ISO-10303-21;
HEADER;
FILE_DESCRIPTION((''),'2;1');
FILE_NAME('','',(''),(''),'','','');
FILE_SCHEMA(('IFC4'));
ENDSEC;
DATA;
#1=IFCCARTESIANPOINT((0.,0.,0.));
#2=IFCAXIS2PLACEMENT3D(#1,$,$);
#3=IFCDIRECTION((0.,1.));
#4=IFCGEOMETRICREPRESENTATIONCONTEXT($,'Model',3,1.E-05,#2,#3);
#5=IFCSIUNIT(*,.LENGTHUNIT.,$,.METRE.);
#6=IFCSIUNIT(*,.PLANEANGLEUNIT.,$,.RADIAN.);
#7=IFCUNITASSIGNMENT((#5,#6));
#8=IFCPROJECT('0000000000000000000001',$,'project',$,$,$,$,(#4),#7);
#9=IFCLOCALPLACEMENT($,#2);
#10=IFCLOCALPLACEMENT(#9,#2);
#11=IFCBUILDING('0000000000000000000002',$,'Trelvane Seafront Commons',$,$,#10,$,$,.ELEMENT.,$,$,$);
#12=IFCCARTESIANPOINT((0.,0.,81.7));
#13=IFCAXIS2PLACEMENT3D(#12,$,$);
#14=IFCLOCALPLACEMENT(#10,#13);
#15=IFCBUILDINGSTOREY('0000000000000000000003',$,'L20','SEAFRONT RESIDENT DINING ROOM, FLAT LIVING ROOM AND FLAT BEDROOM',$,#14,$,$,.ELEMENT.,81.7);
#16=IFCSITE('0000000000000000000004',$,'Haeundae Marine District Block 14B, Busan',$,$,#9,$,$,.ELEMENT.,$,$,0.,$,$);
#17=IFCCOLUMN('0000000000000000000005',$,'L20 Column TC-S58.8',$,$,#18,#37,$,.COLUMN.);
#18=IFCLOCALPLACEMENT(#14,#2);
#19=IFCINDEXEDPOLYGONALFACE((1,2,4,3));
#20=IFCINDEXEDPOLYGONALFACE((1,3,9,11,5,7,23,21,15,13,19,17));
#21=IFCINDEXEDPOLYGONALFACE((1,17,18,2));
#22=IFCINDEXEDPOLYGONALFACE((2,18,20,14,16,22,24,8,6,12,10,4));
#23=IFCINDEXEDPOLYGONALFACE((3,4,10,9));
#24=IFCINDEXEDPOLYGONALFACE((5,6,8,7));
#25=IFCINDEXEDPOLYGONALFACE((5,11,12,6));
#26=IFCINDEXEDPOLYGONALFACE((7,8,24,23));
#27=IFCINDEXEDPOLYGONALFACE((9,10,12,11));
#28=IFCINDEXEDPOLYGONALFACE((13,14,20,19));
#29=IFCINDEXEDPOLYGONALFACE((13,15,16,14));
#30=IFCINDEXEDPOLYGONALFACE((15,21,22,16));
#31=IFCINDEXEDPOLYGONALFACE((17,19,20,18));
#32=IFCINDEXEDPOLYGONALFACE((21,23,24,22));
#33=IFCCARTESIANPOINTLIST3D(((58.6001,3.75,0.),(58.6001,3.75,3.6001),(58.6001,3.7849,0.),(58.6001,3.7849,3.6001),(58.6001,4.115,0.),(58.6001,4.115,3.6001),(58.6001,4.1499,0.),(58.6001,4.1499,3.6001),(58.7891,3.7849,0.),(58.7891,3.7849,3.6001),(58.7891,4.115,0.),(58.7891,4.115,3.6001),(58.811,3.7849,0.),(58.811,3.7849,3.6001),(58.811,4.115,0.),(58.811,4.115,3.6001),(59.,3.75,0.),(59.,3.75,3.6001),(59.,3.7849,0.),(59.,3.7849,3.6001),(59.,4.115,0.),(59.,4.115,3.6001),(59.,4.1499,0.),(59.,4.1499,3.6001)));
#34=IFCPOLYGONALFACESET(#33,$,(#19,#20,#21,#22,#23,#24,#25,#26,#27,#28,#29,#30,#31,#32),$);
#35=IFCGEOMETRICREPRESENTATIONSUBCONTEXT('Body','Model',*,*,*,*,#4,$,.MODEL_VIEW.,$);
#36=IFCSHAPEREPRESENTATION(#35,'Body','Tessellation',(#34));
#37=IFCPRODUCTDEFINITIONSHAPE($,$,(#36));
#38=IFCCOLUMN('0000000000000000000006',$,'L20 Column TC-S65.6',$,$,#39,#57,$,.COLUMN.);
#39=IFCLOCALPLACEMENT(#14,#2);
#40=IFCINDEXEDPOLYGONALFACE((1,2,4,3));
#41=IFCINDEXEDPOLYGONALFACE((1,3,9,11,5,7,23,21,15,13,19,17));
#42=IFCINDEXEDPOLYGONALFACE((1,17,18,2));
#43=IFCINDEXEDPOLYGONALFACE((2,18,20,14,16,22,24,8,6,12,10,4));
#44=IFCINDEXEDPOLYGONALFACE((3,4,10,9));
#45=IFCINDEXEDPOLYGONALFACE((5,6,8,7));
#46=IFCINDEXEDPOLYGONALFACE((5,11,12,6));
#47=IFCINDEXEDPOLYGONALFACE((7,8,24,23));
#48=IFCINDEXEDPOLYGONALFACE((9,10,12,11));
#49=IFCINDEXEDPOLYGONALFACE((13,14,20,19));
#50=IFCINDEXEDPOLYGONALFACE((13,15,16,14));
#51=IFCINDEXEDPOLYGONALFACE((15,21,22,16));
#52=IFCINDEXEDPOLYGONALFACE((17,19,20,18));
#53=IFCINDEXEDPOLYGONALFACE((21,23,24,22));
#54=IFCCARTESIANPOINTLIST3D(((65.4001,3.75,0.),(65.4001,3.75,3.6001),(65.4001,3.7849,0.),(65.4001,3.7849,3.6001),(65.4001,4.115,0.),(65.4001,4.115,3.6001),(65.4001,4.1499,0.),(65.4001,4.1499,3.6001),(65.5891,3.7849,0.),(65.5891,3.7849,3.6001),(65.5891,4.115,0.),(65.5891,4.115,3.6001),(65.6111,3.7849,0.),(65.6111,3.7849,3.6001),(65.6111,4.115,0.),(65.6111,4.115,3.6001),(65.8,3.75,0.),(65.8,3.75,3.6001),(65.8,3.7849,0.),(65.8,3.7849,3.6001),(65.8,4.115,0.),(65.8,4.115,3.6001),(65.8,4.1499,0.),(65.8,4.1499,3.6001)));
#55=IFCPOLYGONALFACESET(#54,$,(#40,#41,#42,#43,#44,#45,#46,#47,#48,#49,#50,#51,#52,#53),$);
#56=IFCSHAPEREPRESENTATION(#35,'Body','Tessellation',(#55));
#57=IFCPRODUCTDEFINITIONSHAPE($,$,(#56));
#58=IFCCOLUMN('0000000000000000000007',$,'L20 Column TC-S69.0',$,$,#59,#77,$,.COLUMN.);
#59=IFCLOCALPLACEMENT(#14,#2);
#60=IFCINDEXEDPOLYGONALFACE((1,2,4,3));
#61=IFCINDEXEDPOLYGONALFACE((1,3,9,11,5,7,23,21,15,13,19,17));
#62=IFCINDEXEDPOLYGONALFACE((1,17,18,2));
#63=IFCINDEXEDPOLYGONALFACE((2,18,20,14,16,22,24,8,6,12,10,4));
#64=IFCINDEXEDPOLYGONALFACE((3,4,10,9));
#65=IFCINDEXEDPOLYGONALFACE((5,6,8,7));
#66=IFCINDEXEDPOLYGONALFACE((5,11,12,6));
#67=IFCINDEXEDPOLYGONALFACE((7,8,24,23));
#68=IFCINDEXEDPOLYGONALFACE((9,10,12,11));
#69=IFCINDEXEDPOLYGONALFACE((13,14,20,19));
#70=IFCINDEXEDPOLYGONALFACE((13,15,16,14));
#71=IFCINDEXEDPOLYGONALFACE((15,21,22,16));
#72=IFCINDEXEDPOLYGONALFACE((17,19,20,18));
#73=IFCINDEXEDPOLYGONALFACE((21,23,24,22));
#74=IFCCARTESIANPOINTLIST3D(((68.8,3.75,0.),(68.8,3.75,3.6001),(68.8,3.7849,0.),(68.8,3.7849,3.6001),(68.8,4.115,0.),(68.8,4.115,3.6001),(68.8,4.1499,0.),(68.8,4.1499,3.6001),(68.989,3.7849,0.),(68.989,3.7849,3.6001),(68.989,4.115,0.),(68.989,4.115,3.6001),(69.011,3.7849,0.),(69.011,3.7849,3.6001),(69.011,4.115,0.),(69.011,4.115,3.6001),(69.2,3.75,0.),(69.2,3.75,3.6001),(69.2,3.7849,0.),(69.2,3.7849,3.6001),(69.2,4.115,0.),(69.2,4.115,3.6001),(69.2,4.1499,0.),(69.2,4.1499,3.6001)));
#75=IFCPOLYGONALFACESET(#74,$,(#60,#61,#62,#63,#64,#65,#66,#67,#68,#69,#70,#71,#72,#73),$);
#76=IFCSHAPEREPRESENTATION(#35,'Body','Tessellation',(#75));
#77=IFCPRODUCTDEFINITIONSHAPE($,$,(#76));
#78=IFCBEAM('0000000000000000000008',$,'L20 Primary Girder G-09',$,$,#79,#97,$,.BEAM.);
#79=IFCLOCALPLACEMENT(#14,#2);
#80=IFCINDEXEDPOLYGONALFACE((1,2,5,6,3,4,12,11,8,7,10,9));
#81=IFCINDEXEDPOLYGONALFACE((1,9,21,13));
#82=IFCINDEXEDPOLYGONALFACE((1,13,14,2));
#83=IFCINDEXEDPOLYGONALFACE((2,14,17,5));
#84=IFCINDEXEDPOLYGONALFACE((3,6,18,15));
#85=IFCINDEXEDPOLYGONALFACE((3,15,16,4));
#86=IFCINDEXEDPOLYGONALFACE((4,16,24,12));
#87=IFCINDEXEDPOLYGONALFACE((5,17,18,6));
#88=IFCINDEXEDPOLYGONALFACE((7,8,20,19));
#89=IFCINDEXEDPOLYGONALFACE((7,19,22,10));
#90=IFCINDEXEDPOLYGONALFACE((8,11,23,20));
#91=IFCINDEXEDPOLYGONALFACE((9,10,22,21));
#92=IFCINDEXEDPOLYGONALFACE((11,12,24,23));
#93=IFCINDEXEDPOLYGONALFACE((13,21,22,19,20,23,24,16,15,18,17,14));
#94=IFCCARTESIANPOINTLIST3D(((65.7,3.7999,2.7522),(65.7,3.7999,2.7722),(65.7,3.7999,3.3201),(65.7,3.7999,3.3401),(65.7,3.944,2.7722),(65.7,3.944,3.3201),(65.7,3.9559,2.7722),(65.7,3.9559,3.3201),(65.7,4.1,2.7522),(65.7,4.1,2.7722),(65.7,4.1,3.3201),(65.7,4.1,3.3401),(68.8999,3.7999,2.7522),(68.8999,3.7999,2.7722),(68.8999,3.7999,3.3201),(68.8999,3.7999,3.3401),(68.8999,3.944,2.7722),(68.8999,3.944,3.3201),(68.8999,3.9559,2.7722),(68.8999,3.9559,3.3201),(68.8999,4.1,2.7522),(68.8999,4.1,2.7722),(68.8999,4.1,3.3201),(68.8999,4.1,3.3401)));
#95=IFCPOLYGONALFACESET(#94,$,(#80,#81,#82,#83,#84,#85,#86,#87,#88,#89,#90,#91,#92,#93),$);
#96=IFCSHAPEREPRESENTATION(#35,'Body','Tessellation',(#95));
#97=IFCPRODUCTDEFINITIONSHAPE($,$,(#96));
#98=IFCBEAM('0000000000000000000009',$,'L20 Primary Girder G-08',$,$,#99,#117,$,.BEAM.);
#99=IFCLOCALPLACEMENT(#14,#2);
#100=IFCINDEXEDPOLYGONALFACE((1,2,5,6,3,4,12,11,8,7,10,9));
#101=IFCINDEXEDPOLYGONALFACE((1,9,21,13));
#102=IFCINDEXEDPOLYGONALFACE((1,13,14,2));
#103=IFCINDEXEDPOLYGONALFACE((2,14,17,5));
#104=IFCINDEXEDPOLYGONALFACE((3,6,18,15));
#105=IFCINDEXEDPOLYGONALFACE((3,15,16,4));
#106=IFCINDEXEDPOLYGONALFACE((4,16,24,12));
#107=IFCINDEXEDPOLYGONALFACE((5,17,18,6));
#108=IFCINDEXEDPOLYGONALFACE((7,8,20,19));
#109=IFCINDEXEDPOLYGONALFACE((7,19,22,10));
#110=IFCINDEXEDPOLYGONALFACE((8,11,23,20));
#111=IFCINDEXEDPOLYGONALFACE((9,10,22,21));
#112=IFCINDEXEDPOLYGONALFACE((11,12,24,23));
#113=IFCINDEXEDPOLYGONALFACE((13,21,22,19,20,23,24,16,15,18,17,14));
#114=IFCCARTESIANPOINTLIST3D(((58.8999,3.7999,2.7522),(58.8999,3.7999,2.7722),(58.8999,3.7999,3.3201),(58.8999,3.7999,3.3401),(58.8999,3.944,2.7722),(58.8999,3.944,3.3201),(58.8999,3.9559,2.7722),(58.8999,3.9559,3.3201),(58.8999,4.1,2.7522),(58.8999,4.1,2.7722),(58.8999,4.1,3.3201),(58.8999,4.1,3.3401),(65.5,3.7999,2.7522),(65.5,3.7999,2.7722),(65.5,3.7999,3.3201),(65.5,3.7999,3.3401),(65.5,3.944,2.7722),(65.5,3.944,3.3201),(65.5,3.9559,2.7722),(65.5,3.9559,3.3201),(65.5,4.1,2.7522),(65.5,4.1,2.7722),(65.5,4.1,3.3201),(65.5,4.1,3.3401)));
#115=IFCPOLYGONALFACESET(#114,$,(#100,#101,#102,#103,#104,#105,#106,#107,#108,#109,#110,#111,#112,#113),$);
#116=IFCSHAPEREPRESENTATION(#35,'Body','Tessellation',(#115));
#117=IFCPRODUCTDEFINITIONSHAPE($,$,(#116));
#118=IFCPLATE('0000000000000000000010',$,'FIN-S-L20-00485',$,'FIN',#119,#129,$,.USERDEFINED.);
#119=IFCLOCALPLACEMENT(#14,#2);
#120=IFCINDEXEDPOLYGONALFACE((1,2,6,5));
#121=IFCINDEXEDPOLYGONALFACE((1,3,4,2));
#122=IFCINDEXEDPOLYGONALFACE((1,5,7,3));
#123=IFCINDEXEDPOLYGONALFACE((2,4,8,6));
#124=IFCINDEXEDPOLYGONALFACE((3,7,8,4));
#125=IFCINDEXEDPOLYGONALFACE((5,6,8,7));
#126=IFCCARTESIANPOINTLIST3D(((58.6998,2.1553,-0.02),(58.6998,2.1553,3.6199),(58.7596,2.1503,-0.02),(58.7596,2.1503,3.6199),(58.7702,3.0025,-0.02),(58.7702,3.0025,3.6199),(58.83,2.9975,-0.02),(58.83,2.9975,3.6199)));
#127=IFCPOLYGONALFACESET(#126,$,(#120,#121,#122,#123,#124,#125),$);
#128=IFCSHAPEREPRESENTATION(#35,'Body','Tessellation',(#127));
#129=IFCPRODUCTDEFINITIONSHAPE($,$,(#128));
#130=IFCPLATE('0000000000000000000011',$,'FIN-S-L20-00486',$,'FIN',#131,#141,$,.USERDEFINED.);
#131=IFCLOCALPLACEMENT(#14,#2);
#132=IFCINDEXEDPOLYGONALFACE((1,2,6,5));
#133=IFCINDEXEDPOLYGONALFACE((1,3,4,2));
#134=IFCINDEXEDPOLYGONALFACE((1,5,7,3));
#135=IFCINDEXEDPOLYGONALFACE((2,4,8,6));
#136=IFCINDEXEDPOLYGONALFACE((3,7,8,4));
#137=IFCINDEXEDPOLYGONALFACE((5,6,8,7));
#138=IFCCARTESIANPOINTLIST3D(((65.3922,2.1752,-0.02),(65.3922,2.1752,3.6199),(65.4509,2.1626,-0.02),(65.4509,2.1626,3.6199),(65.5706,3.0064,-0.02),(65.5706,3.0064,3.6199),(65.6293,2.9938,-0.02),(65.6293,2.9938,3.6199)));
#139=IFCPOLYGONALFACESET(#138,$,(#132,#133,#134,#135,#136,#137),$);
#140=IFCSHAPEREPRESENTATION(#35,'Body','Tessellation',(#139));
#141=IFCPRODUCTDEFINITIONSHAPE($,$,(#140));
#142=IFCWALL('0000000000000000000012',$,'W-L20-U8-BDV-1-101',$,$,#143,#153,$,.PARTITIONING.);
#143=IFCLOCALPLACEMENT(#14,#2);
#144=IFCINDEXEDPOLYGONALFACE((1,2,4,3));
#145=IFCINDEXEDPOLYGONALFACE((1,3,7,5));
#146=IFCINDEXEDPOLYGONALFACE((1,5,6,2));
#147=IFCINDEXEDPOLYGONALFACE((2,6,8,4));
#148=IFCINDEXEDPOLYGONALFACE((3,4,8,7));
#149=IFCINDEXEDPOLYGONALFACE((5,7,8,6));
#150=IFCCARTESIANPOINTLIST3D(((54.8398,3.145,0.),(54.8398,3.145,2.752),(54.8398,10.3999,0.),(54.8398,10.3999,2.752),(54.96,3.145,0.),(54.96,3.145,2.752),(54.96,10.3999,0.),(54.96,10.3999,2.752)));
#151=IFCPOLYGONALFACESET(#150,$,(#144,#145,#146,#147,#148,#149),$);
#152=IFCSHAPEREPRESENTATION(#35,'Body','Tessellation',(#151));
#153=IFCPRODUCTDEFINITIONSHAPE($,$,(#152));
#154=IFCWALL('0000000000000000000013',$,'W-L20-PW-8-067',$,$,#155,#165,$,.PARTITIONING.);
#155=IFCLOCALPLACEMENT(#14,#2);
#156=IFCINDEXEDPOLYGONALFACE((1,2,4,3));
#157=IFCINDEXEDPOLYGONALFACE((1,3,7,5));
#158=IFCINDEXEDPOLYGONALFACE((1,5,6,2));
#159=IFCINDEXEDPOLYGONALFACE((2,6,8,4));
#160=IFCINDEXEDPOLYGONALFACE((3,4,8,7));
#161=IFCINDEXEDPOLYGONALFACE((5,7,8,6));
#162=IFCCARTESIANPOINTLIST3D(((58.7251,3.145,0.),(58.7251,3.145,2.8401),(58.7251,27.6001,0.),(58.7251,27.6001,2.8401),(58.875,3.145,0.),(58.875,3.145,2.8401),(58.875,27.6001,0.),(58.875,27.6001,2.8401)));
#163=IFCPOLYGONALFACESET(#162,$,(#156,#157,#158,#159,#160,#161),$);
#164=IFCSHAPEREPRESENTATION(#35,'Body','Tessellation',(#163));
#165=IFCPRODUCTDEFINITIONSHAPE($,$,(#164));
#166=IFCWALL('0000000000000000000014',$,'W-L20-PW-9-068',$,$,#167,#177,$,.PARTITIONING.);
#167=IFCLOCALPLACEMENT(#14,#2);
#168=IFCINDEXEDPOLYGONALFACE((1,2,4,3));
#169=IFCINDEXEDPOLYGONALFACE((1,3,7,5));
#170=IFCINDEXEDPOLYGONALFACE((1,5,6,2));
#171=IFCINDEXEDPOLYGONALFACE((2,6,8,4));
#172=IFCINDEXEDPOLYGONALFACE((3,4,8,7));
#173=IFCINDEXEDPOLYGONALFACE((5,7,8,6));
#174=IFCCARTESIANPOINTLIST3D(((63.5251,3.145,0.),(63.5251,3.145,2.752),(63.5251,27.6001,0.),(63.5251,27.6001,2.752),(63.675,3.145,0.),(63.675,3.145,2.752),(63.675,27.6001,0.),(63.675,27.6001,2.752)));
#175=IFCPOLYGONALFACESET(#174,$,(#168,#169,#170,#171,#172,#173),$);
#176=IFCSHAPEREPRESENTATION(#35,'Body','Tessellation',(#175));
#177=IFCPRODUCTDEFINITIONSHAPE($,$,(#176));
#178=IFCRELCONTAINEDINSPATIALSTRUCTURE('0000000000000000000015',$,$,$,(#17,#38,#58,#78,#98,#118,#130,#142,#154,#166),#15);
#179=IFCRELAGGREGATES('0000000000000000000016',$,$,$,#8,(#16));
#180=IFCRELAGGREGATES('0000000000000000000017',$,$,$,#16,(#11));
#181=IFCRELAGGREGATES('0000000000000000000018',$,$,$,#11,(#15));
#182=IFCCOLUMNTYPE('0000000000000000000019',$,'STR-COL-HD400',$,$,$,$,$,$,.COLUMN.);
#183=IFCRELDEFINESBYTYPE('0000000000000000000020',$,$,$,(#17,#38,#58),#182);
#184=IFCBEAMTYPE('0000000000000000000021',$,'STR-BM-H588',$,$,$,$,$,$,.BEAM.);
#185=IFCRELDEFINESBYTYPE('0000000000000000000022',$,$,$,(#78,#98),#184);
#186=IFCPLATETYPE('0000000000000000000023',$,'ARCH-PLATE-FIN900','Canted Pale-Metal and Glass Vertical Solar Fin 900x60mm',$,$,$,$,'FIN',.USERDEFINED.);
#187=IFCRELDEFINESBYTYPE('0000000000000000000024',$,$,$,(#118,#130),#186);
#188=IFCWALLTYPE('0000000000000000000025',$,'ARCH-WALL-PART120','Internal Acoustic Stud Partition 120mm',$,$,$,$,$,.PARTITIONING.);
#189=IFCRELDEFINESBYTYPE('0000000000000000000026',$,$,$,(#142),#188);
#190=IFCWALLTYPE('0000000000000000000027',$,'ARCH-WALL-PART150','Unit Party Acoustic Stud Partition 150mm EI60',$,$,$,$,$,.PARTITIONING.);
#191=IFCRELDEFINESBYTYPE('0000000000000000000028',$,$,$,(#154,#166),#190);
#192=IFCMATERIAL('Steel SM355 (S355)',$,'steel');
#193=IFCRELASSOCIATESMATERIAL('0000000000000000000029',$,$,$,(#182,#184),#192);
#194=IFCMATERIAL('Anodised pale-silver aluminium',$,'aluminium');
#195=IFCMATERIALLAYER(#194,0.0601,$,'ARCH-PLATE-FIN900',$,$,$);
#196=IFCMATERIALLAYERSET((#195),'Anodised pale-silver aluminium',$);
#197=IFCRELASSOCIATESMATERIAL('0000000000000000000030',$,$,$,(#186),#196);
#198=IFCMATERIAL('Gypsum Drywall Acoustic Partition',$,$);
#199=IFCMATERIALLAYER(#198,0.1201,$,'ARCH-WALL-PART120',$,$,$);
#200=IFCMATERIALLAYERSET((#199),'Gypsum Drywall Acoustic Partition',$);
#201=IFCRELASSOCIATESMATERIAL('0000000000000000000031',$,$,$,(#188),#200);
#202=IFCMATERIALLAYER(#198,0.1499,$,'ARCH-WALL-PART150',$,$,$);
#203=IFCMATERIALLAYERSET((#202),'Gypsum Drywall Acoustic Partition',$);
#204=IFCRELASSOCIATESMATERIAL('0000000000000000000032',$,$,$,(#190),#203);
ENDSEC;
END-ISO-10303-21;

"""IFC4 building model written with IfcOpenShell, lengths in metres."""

from ifc_helpers import new_model, si_unit, direction, frame, frame_2d, origin, origin_2d, place, context, subcontext, project, spatial, rectangle, i_section, extrude, source, transform, mapped, material, layer, layer_set, material_profile, profile_set, type_object, element, save


model = new_model("IFC4")

# Units and contexts
model_context = context("Model", 3, precision=1e-05, world=origin(), true_north=direction((0.0, 1.0)))
body_context = subcontext(model_context, "Body", "Model", "MODEL_VIEW")
ifc_project = project(units=[si_unit("LENGTHUNIT", "METRE"), si_unit("PLANEANGLEUNIT", "RADIAN")], contexts=[model_context])

# Site, building, storey
site_placement = place(None, origin())
site = spatial("IfcSite", under=ifc_project, at=site_placement, Name="Haeundae Marine District Block 14B, Busan", CompositionType="ELEMENT", RefElevation=0.0)
building_placement = place(site_placement, origin())
building = spatial("IfcBuilding", under=site, at=building_placement, Name="Trelvane Seafront Commons", CompositionType="ELEMENT")
storey_placement = place(building_placement, frame((0.0, 0.0, 81.7)))
storey = spatial("IfcBuildingStorey", under=building, at=storey_placement, Name="L20", Description="SEAFRONT RESIDENT DINING ROOM, FLAT LIVING ROOM AND FLAT BEDROOM", CompositionType="ELEMENT", Elevation=81.7)

# Columns
ifc_material_1 = material(Name="Steel SM355 (S355)", Category="steel")
ifc_material_profile_1 = material_profile(ifc_material_1, i_section(OverallWidth=0.3999, OverallDepth=0.3999, WebThickness=0.022, FlangeThickness=0.0349, at=origin_2d()), Name="HD-400x400x22x35")
ifc_profile_set_1 = profile_set([ifc_material_profile_1], Name="Steel SM355 (S355)")
column_type = type_object("IfcColumnType", Name="STR-COL-HD400", PredefinedType="COLUMN", material=ifc_profile_set_1)
shared_shape_1 = source(origin(), body_context, "Body", "SweptSolid", [
    extrude(i_section(OverallWidth=0.3999, OverallDepth=0.3999, WebThickness=0.022, FlangeThickness=0.0349, at=origin_2d()), origin(), (0.0, 0.0, 1.0), 3.6001),
])
for number, where, z_axis, x_axis, name in (
    (1, (58.8, 3.95, 0.0), (0.0, 0.0, 1.0), (1.0, 0.0, 0.0), "L20 Column TC-S58.8"),
    (2, (65.6001, 3.95, 0.0), (0.0, 0.0, 1.0), (1.0, 0.0, 0.0), "L20 Column TC-S65.6"),
    (3, (69.0, 3.95, 0.0), (0.0, 0.0, 1.0), (1.0, 0.0, 0.0), "L20 Column TC-S69.0"),
):
    element("IfcColumn", number, at=place(storey_placement, frame(where, z_axis=z_axis, x_axis=x_axis)), inside=storey, type_object=column_type, Name=name, PredefinedType="COLUMN", context=body_context, shape_type="MappedRepresentation", body=[
        mapped(shared_shape_1, transform((0.0, 0.0, 0.0), x_axis=(1.0, 0.0, 0.0), y_axis=(0.0, 1.0, 0.0), z_axis=(0.0, 0.0, 1.0), scale=1.0)),
    ])

# Beams
ifc_material_profile_2 = material_profile(ifc_material_1, i_section(OverallWidth=0.3, OverallDepth=0.5879, WebThickness=0.012, FlangeThickness=0.02, at=origin_2d()), Name="H-588x300x12x20")
ifc_profile_set_2 = profile_set([ifc_material_profile_2], Name="Steel SM355 (S355)")
beam_type = type_object("IfcBeamType", Name="STR-BM-H588", PredefinedType="BEAM", material=ifc_profile_set_2)
shared_shape_2 = source(origin(), body_context, "Body", "SweptSolid", [
    extrude(i_section(OverallWidth=0.3, OverallDepth=0.5879, WebThickness=0.012, FlangeThickness=0.02, at=origin_2d()), origin(), (0.0, 0.0, 1.0), 3.2),
])
beam_1_placement = place(storey_placement, frame((65.7, 3.95, 3.0461), z_axis=(1.0, 0.0, 0.0), x_axis=(0.0, 1.0, 0.0)))
element("IfcBeam", 4, at=beam_1_placement, inside=storey, type_object=beam_type, Name="L20 Primary Girder G-09", PredefinedType="BEAM", context=body_context, shape_type="MappedRepresentation", body=[
    mapped(shared_shape_2, transform((0.0, 0.0, 0.0), x_axis=(1.0, 0.0, 0.0), y_axis=(0.0, 1.0, 0.0), z_axis=(0.0, 0.0, 1.0), scale=1.0)),
])
shared_shape_3 = source(origin(), body_context, "Body", "SweptSolid", [
    extrude(i_section(OverallWidth=0.3, OverallDepth=0.5879, WebThickness=0.012, FlangeThickness=0.02, at=origin_2d()), origin(), (0.0, 0.0, 1.0), 6.6001),
])
beam_2_placement = place(storey_placement, frame((58.8999, 3.95, 3.0461), z_axis=(1.0, 0.0, 0.0), x_axis=(0.0, 1.0, 0.0)))
element("IfcBeam", 5, at=beam_2_placement, inside=storey, type_object=beam_type, Name="L20 Primary Girder G-08", PredefinedType="BEAM", context=body_context, shape_type="MappedRepresentation", body=[
    mapped(shared_shape_3, transform((0.0, 0.0, 0.0), x_axis=(1.0, 0.0, 0.0), y_axis=(0.0, 1.0, 0.0), z_axis=(0.0, 0.0, 1.0), scale=1.0)),
])

# Plates
ifc_material_2 = material(Name="Anodised pale-silver aluminium", Category="aluminium")
ifc_layer_1 = layer(ifc_material_2, 0.0601, Name="ARCH-PLATE-FIN900")
ifc_layer_set_1 = layer_set([ifc_layer_1], Name="Anodised pale-silver aluminium")
plate_type = type_object("IfcPlateType", Name="ARCH-PLATE-FIN900", Description="Canted Pale-Metal and Glass Vertical Solar Fin 900x60mm", ElementType="FIN", PredefinedType="USERDEFINED", material=ifc_layer_set_1)
shared_shape_4 = source(origin(), body_context, "Body", "SweptSolid", [
    extrude(rectangle(XDim=0.8501, YDim=0.0601, at=origin_2d()), origin(), (0.0, 0.0, 1.0), 3.6399),
])
for number, where, z_axis, x_axis, name in (
    (6, (58.7649, 2.5764, -0.02), (0.0, 0.0, 1.0), (-0.082822, -0.996564, 0.0), "FIN-S-L20-00485"),
    (7, (65.5107, 2.5845, -0.02), (0.0, 0.0, 1.0), (-0.209875, -0.977728, 0.0), "FIN-S-L20-00486"),
):
    element("IfcPlate", number, at=place(storey_placement, frame(where, z_axis=z_axis, x_axis=x_axis)), inside=storey, type_object=plate_type, Name=name, ObjectType="FIN", PredefinedType="USERDEFINED", context=body_context, shape_type="MappedRepresentation", body=[
        mapped(shared_shape_4, transform((0.0, 0.0, 0.0), x_axis=(1.0, 0.0, 0.0), y_axis=(0.0, 1.0, 0.0), z_axis=(0.0, 0.0, 1.0), scale=1.0)),
    ])

# Walls
ifc_material_3 = material(Name="Gypsum Drywall Acoustic Partition")
ifc_layer_2 = layer(ifc_material_3, 0.1201, Name="ARCH-WALL-PART120")
ifc_layer_set_2 = layer_set([ifc_layer_2], Name="Gypsum Drywall Acoustic Partition")
wall_type_1 = type_object("IfcWallType", Name="ARCH-WALL-PART120", Description="Internal Acoustic Stud Partition 120mm", PredefinedType="PARTITIONING", material=ifc_layer_set_2)
wall_1_placement = place(storey_placement, frame((54.8999, 3.145, 0.0), z_axis=(0.0, 0.0, 1.0), x_axis=(0.0, 1.0, 0.0)))
element("IfcWall", 8, at=wall_1_placement, inside=storey, type_object=wall_type_1, Name="W-L20-U8-BDV-1-101", PredefinedType="PARTITIONING", context=body_context, shape_type="SweptSolid", body=[
    extrude(rectangle(XDim=7.2549, YDim=0.1201, at=frame_2d((3.6274, 0.0))), origin(), (0.0, 0.0, 1.0), 2.752),
])
ifc_layer_3 = layer(ifc_material_3, 0.1499, Name="ARCH-WALL-PART150")
ifc_layer_set_3 = layer_set([ifc_layer_3], Name="Gypsum Drywall Acoustic Partition")
wall_type_2 = type_object("IfcWallType", Name="ARCH-WALL-PART150", Description="Unit Party Acoustic Stud Partition 150mm EI60", PredefinedType="PARTITIONING", material=ifc_layer_set_3)
wall_2_placement = place(storey_placement, frame((58.8, 3.145, 0.0), z_axis=(0.0, 0.0, 1.0), x_axis=(0.0, 1.0, 0.0)))
element("IfcWall", 9, at=wall_2_placement, inside=storey, type_object=wall_type_2, Name="W-L20-PW-8-067", PredefinedType="PARTITIONING", context=body_context, shape_type="SweptSolid", body=[
    extrude(rectangle(XDim=24.4551, YDim=0.1499, at=frame_2d((12.2275, 0.0))), origin(), (0.0, 0.0, 1.0), 2.8401),
])
wall_3_placement = place(storey_placement, frame((63.6001, 3.145, 0.0), z_axis=(0.0, 0.0, 1.0), x_axis=(0.0, 1.0, 0.0)))
element("IfcWall", 10, at=wall_3_placement, inside=storey, type_object=wall_type_2, Name="W-L20-PW-9-068", PredefinedType="PARTITIONING", context=body_context, shape_type="SweptSolid", body=[
    extrude(rectangle(XDim=24.4551, YDim=0.1499, at=frame_2d((12.2275, 0.0))), origin(), (0.0, 0.0, 1.0), 2.752),
])

save(model, "model.ifc")
